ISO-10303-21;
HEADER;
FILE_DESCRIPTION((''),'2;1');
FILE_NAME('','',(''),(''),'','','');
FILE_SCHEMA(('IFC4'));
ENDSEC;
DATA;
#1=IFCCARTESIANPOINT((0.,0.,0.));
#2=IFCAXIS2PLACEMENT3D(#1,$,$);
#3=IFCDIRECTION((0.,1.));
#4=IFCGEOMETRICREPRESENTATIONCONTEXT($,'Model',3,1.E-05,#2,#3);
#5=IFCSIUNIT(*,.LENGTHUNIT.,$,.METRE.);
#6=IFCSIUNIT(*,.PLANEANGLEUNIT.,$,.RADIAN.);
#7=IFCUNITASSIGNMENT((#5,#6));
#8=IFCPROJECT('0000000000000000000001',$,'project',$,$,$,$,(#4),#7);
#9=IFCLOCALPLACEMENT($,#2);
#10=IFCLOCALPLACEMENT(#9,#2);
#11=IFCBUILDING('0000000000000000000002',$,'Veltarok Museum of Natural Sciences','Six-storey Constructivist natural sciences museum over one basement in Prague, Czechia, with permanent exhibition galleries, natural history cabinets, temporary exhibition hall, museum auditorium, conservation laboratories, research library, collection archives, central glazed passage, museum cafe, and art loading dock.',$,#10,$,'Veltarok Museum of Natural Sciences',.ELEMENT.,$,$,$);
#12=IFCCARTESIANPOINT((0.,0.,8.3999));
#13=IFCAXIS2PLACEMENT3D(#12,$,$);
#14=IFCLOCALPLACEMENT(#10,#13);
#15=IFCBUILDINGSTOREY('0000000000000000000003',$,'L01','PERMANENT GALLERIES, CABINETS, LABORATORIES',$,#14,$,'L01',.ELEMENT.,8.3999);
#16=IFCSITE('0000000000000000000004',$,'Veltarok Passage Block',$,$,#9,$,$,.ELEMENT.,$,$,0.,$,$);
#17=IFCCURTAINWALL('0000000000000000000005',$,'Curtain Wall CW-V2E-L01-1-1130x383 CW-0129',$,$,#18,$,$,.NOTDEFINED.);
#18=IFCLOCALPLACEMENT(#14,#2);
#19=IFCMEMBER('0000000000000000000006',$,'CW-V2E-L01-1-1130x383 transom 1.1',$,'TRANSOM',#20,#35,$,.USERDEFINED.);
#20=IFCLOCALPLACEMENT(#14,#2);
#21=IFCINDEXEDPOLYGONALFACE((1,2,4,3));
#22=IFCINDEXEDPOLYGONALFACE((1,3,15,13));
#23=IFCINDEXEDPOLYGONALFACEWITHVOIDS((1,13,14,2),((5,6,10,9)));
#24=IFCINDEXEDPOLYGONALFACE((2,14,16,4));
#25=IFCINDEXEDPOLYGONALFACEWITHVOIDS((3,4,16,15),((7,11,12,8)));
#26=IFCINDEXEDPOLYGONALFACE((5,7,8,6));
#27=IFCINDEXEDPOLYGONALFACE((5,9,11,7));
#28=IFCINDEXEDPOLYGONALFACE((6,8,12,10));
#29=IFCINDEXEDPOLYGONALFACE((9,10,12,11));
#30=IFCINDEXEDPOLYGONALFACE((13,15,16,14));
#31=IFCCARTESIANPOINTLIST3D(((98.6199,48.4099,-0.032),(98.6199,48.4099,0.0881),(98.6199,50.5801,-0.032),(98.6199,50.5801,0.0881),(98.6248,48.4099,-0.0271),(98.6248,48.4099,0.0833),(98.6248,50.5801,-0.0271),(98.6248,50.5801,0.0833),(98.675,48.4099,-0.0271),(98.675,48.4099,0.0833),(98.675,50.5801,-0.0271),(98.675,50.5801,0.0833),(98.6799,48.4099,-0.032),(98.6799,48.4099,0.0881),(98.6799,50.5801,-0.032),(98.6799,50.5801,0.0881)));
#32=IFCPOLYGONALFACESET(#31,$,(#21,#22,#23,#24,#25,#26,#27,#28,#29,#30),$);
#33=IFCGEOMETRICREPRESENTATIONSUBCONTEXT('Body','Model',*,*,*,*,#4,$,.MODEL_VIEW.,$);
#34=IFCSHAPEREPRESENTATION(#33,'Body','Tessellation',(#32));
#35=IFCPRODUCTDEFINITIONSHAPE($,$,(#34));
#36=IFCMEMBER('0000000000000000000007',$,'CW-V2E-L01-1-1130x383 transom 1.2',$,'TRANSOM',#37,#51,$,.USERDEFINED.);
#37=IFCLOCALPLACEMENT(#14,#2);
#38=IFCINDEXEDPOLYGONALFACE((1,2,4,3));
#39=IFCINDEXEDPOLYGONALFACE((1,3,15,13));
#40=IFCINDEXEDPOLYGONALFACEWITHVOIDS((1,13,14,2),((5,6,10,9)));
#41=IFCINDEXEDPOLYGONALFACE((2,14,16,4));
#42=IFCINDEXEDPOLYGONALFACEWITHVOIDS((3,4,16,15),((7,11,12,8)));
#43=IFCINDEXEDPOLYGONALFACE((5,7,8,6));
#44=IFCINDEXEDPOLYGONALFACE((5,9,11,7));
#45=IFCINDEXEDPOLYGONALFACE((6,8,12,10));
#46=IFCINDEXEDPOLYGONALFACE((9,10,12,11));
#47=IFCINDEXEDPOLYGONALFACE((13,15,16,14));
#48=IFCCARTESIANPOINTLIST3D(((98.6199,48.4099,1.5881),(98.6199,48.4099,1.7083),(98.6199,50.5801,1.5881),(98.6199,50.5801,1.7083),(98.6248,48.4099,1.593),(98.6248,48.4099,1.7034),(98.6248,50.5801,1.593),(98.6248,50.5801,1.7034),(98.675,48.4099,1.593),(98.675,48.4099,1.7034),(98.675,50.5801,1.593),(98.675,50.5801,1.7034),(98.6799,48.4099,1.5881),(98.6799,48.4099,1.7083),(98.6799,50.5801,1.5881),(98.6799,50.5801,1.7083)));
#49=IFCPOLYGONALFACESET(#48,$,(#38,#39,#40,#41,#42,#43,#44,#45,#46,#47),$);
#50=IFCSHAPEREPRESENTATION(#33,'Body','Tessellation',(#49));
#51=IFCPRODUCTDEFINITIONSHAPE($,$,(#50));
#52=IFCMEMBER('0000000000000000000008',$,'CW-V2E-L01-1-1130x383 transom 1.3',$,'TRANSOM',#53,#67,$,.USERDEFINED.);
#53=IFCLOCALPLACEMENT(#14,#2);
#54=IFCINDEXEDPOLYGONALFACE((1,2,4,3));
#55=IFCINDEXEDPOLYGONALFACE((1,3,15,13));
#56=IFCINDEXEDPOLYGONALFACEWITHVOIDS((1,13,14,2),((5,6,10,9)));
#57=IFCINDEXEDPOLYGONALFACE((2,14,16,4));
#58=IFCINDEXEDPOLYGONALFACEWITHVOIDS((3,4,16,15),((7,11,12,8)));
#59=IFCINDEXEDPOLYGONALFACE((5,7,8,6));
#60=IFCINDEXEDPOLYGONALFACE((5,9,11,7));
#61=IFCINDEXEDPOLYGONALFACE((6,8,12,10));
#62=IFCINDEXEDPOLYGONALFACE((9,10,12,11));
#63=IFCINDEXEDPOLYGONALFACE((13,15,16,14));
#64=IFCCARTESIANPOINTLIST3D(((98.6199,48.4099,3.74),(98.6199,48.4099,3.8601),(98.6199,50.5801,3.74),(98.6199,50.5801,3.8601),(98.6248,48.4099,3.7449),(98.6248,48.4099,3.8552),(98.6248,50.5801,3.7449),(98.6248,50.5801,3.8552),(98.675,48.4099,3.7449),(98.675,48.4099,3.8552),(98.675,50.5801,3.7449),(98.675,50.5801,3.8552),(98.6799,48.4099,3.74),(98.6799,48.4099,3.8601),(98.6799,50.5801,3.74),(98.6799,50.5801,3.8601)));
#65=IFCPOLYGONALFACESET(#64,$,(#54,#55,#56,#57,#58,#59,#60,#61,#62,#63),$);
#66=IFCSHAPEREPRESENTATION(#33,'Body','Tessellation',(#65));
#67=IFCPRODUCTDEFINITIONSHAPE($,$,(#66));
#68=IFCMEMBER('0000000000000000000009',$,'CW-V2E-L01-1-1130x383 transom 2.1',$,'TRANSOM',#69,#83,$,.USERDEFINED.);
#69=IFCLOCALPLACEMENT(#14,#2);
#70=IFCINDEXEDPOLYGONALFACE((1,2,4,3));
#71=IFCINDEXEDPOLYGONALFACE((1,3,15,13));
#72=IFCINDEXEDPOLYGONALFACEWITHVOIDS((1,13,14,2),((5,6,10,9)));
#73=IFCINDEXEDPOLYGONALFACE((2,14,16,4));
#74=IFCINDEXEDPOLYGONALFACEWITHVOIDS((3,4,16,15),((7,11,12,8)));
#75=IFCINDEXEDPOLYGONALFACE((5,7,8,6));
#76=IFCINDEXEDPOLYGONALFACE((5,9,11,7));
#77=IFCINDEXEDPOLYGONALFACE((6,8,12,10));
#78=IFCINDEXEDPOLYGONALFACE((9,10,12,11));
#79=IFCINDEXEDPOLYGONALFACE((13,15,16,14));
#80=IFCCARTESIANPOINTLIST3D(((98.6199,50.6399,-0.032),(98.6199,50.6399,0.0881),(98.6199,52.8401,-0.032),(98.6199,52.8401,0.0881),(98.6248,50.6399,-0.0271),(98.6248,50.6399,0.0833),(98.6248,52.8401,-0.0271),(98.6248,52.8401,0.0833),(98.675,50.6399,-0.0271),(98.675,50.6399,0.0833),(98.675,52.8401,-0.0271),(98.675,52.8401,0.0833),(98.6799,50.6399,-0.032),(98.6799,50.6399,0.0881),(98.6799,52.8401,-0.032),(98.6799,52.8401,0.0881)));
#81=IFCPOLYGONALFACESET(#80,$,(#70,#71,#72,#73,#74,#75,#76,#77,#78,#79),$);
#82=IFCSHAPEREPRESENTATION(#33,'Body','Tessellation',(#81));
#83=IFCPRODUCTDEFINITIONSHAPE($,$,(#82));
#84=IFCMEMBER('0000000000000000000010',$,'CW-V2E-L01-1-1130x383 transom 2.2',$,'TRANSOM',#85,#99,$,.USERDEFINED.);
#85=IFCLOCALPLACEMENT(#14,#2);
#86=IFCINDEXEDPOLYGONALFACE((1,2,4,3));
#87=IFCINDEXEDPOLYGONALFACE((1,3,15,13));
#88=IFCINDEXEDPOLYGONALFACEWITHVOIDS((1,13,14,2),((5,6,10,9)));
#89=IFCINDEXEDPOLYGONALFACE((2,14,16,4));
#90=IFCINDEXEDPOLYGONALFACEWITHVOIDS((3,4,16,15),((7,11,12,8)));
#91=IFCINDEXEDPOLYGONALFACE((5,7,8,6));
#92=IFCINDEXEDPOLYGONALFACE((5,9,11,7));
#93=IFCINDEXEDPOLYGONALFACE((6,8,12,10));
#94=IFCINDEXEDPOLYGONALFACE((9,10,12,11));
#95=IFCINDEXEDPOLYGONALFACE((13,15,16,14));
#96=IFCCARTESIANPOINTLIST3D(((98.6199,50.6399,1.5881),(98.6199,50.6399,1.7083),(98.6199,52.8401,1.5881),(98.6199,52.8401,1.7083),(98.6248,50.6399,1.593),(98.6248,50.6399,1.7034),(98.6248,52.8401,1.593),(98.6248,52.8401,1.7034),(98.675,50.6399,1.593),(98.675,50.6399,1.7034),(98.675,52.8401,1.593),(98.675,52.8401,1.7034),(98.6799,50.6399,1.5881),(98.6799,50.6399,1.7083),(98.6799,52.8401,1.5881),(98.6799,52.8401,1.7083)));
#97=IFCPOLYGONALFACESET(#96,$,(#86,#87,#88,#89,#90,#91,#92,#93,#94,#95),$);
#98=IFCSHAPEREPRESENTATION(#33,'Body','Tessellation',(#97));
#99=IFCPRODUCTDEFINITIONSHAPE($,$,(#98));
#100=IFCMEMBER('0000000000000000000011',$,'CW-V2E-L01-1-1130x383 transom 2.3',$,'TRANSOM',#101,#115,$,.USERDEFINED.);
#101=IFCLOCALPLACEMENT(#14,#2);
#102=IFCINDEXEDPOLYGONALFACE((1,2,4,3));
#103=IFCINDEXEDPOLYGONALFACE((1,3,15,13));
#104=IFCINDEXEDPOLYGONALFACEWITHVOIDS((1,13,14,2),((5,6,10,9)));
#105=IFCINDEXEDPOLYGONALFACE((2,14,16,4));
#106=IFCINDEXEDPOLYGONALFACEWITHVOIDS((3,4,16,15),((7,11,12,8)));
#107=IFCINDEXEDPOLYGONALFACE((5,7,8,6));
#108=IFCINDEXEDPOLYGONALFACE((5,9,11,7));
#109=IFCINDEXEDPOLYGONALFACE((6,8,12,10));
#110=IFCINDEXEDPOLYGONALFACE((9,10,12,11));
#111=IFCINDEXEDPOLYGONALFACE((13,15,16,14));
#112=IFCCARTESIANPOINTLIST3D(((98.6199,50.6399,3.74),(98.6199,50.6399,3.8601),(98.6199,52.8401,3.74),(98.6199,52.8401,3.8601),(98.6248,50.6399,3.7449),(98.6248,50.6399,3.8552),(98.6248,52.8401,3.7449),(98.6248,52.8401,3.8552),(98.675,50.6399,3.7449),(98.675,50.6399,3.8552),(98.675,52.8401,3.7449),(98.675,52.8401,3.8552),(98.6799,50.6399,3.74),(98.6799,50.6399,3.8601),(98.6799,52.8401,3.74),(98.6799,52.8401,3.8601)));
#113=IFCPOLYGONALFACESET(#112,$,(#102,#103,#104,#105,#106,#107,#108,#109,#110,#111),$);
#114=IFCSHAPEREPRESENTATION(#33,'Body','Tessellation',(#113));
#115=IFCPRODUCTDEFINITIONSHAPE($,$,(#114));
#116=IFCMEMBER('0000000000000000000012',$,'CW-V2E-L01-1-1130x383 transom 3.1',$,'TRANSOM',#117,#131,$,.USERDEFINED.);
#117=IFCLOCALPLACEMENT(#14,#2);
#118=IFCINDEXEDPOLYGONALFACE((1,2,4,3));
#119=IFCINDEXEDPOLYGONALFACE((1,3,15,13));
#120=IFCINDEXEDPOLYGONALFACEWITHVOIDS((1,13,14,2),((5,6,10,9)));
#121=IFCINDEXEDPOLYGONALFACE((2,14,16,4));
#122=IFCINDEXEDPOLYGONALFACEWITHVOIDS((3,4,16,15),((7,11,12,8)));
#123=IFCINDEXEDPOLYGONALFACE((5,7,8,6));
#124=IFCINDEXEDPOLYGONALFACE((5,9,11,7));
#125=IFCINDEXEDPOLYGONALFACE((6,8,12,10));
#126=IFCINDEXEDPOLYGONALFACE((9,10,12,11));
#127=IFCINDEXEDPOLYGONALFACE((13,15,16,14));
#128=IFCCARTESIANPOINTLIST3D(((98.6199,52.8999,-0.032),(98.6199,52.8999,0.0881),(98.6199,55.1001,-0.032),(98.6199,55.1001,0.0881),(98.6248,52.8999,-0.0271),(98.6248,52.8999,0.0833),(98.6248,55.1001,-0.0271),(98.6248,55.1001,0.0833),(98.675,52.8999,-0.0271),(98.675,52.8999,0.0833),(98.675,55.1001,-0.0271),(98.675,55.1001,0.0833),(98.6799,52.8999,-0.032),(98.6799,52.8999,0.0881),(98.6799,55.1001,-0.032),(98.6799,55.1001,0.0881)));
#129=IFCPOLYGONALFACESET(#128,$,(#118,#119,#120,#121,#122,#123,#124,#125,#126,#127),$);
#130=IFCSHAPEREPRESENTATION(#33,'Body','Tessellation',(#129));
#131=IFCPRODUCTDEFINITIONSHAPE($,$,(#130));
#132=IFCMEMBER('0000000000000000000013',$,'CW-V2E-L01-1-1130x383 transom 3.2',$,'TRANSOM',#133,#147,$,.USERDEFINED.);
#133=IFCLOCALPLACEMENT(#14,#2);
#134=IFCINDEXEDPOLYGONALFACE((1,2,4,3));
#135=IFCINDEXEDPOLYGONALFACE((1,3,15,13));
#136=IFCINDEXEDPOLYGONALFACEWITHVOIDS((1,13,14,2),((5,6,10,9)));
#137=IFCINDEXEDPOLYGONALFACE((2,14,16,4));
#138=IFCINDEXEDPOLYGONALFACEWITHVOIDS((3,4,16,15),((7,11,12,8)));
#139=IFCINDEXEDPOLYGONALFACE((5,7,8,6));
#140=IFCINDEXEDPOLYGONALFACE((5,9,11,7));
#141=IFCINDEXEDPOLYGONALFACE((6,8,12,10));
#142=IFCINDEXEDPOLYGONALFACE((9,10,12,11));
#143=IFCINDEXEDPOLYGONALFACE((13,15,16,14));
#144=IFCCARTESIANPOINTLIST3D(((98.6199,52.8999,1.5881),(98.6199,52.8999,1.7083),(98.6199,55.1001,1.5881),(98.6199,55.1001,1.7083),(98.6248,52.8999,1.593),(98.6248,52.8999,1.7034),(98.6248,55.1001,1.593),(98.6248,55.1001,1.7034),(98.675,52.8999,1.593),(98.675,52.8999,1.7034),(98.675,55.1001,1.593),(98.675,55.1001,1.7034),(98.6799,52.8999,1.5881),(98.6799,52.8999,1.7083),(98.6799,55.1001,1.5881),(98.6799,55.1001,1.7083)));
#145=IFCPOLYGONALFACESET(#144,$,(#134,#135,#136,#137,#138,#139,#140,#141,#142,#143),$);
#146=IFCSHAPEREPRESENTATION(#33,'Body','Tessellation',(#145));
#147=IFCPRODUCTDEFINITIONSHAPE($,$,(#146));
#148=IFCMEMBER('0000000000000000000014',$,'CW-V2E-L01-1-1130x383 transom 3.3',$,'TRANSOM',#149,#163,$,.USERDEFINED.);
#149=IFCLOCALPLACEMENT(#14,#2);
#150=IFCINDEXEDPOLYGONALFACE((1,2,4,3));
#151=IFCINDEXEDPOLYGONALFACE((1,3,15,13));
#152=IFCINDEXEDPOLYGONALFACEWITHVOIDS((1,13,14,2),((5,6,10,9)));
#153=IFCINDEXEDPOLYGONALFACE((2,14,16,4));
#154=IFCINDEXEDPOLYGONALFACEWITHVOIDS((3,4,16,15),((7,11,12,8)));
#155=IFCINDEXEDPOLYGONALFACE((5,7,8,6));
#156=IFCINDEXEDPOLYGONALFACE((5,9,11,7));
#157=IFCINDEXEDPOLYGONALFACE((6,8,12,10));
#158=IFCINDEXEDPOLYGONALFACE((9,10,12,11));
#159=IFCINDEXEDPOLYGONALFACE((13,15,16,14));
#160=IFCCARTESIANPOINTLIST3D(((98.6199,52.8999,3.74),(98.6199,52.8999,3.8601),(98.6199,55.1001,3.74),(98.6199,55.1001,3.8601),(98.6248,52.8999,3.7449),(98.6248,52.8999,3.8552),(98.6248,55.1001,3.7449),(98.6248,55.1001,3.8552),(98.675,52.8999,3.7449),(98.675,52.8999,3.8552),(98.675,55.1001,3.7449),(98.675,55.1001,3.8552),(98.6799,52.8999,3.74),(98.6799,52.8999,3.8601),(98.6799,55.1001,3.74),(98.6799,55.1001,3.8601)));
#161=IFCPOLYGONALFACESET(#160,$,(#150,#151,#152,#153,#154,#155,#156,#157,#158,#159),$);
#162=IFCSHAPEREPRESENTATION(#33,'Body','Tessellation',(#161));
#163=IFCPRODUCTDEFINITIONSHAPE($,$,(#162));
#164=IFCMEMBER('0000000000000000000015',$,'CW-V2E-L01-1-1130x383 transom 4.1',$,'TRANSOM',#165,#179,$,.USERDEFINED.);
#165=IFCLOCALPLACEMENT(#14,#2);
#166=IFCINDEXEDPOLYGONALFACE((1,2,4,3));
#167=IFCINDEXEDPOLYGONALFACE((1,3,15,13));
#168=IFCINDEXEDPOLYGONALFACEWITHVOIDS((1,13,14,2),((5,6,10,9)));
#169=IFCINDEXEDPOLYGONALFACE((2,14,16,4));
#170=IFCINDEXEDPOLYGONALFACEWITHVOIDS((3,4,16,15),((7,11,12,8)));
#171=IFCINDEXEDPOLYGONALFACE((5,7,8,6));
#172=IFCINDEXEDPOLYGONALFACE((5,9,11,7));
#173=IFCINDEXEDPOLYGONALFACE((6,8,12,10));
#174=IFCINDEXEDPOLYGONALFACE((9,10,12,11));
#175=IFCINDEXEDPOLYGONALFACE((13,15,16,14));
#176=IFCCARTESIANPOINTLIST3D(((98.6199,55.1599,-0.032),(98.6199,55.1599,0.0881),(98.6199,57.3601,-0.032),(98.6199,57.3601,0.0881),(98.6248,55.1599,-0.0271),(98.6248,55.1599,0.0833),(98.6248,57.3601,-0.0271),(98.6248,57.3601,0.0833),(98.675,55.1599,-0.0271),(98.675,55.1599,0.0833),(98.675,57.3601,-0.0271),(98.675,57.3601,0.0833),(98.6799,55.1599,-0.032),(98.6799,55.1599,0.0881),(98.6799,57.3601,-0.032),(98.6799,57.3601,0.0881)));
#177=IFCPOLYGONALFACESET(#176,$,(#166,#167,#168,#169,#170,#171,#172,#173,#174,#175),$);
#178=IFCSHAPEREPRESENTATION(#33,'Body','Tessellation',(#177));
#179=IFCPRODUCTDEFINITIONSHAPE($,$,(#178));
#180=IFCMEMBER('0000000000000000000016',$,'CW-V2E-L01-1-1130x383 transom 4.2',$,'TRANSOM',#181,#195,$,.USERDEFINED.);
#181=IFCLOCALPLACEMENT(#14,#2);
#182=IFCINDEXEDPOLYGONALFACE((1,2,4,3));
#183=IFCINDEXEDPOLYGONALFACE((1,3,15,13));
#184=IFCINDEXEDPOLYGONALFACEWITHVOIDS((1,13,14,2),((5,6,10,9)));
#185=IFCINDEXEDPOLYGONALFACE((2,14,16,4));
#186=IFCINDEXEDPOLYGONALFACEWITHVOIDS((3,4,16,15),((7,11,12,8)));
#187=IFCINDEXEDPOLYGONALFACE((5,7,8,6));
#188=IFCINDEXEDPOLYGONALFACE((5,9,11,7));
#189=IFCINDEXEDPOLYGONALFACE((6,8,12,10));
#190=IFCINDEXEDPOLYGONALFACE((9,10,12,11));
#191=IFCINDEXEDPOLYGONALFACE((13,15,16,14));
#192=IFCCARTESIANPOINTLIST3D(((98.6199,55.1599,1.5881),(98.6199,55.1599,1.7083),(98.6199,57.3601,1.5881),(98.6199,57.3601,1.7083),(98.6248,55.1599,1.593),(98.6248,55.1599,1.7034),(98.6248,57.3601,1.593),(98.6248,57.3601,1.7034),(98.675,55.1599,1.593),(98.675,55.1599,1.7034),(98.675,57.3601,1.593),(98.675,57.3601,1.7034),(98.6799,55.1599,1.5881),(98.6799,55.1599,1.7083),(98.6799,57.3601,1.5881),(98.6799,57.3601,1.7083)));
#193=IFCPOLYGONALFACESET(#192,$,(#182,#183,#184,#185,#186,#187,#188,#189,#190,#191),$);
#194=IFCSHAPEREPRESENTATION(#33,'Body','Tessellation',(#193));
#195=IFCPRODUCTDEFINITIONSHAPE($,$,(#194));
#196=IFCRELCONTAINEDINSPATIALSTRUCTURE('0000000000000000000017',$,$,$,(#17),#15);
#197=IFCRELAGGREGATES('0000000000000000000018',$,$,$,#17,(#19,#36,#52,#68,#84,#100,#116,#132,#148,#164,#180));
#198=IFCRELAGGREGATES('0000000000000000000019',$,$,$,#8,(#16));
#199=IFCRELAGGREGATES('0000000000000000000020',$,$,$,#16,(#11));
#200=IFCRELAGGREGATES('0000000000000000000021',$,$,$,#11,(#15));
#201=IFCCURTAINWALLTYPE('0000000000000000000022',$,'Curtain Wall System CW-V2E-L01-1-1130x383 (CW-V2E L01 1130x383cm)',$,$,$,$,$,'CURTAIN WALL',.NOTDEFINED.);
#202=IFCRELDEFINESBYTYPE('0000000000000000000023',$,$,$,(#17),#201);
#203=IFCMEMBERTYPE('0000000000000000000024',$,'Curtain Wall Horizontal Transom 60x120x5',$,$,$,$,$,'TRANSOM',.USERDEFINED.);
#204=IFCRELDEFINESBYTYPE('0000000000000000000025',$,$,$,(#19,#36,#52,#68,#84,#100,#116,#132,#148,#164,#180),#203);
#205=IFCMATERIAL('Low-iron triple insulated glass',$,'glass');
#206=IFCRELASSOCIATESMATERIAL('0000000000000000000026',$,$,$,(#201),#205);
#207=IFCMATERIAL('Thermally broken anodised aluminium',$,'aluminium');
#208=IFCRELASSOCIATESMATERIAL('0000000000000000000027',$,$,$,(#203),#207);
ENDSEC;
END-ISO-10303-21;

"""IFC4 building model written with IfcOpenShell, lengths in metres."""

from ifc_helpers import new_model, si_unit, direction, frame, origin, origin_2d, place, context, subcontext, project, spatial, hollow_rectangle, extrude, material, material_profile, profile_set, type_object, element, aggregate, save


model = new_model("IFC4")

# Units and contexts
model_context = context("Model", 3, precision=1e-05, world=origin(), true_north=direction((0.0, 1.0)))
body_context = subcontext(model_context, "Body", "Model", "MODEL_VIEW")
ifc_project = project(units=[si_unit("LENGTHUNIT", "METRE"), si_unit("PLANEANGLEUNIT", "RADIAN")], contexts=[model_context])

# Site, building, storey
site_placement = place(None, origin())
site = spatial("IfcSite", under=ifc_project, at=site_placement, Name="Veltarok Passage Block", CompositionType="ELEMENT", RefElevation=0.0)
building_placement = place(site_placement, origin())
building = spatial("IfcBuilding", under=site, at=building_placement, Name="Veltarok Museum of Natural Sciences", Description="Six-storey Constructivist natural sciences museum over one basement in Prague, Czechia, with permanent exhibition galleries, natural history cabinets, temporary exhibition hall, museum auditorium, conservation laboratories, research library, collection archives, central glazed passage, museum cafe, and art loading dock.", LongName="Veltarok Museum of Natural Sciences", CompositionType="ELEMENT")
storey_placement = place(building_placement, frame((0.0, 0.0, 8.3999)))
storey = spatial("IfcBuildingStorey", under=building, at=storey_placement, Name="L01", Description="PERMANENT GALLERIES, CABINETS, LABORATORIES", LongName="L01", CompositionType="ELEMENT", Elevation=8.3999)

# Curtain wall, members
ifc_material_1 = material(Name="Low-iron triple insulated glass", Category="glass")
curtain_wall_type = type_object("IfcCurtainWallType", Name="Curtain Wall System CW-V2E-L01-1-1130x383 (CW-V2E L01 1130x383cm)", ElementType="CURTAIN WALL", PredefinedType="NOTDEFINED", material=ifc_material_1)
curtain_wall_placement = place(storey_placement, origin())
curtain_wall = element("IfcCurtainWall", 1, at=curtain_wall_placement, inside=storey, type_object=curtain_wall_type, Name="Curtain Wall CW-V2E-L01-1-1130x383 CW-0129", PredefinedType="NOTDEFINED")
ifc_material_2 = material(Name="Thermally broken anodised aluminium", Category="aluminium")
ifc_material_profile_1 = material_profile(ifc_material_2, hollow_rectangle(XDim=0.0601, YDim=0.1201, WallThickness=0.0049, at=origin_2d()), Name="CW TRANSOM 60x120x5")
ifc_profile_set_1 = profile_set([ifc_material_profile_1], Name="Thermally broken anodised aluminium")
member_type_1 = type_object("IfcMemberType", Name="Curtain Wall Horizontal Transom 60x120x5", ElementType="TRANSOM", PredefinedType="USERDEFINED", material=ifc_profile_set_1)
member_1_placement = place(storey_placement, frame((98.6499, 48.4099, 0.0281), z_axis=(0.0, 1.0, 0.0), x_axis=(-1.0, 0.0, 0.0)))
member_1 = element("IfcMember", 2, at=member_1_placement, type_object=member_type_1, Name="CW-V2E-L01-1-1130x383 transom 1.1", ObjectType="TRANSOM", PredefinedType="USERDEFINED", context=body_context, shape_type="SweptSolid", body=[
    extrude(hollow_rectangle(XDim=0.0601, YDim=0.1201, WallThickness=0.0049, at=origin_2d()), origin(), (0.0, 0.0, 1.0), 2.1702),
])
member_2_placement = place(storey_placement, frame((98.6499, 48.4099, 1.6482), z_axis=(0.0, 1.0, 0.0), x_axis=(-1.0, 0.0, 0.0)))
member_2 = element("IfcMember", 3, at=member_2_placement, type_object=member_type_1, Name="CW-V2E-L01-1-1130x383 transom 1.2", ObjectType="TRANSOM", PredefinedType="USERDEFINED", context=body_context, shape_type="SweptSolid", body=[
    extrude(hollow_rectangle(XDim=0.0601, YDim=0.1201, WallThickness=0.0049, at=origin_2d()), origin(), (0.0, 0.0, 1.0), 2.1702),
])
member_3_placement = place(storey_placement, frame((98.6499, 48.4099, 3.8), z_axis=(0.0, 1.0, 0.0), x_axis=(-1.0, 0.0, 0.0)))
member_3 = element("IfcMember", 4, at=member_3_placement, type_object=member_type_1, Name="CW-V2E-L01-1-1130x383 transom 1.3", ObjectType="TRANSOM", PredefinedType="USERDEFINED", context=body_context, shape_type="SweptSolid", body=[
    extrude(hollow_rectangle(XDim=0.0601, YDim=0.1201, WallThickness=0.0049, at=origin_2d()), origin(), (0.0, 0.0, 1.0), 2.1702),
])
member_4_placement = place(storey_placement, frame((98.6499, 50.6399, 0.0281), z_axis=(0.0, 1.0, 0.0), x_axis=(-1.0, 0.0, 0.0)))
member_4 = element("IfcMember", 5, at=member_4_placement, type_object=member_type_1, Name="CW-V2E-L01-1-1130x383 transom 2.1", ObjectType="TRANSOM", PredefinedType="USERDEFINED", context=body_context, shape_type="SweptSolid", body=[
    extrude(hollow_rectangle(XDim=0.0601, YDim=0.1201, WallThickness=0.0049, at=origin_2d()), origin(), (0.0, 0.0, 1.0), 2.2002),
])
member_5_placement = place(storey_placement, frame((98.6499, 50.6399, 1.6482), z_axis=(0.0, 1.0, 0.0), x_axis=(-1.0, 0.0, 0.0)))
member_5 = element("IfcMember", 6, at=member_5_placement, type_object=member_type_1, Name="CW-V2E-L01-1-1130x383 transom 2.2", ObjectType="TRANSOM", PredefinedType="USERDEFINED", context=body_context, shape_type="SweptSolid", body=[
    extrude(hollow_rectangle(XDim=0.0601, YDim=0.1201, WallThickness=0.0049, at=origin_2d()), origin(), (0.0, 0.0, 1.0), 2.2002),
])
member_6_placement = place(storey_placement, frame((98.6499, 50.6399, 3.8), z_axis=(0.0, 1.0, 0.0), x_axis=(-1.0, 0.0, 0.0)))
member_6 = element("IfcMember", 7, at=member_6_placement, type_object=member_type_1, Name="CW-V2E-L01-1-1130x383 transom 2.3", ObjectType="TRANSOM", PredefinedType="USERDEFINED", context=body_context, shape_type="SweptSolid", body=[
    extrude(hollow_rectangle(XDim=0.0601, YDim=0.1201, WallThickness=0.0049, at=origin_2d()), origin(), (0.0, 0.0, 1.0), 2.2002),
])
member_7_placement = place(storey_placement, frame((98.6499, 52.8999, 0.0281), z_axis=(0.0, 1.0, 0.0), x_axis=(-1.0, 0.0, 0.0)))
member_7 = element("IfcMember", 8, at=member_7_placement, type_object=member_type_1, Name="CW-V2E-L01-1-1130x383 transom 3.1", ObjectType="TRANSOM", PredefinedType="USERDEFINED", context=body_context, shape_type="SweptSolid", body=[
    extrude(hollow_rectangle(XDim=0.0601, YDim=0.1201, WallThickness=0.0049, at=origin_2d()), origin(), (0.0, 0.0, 1.0), 2.2002),
])
member_8_placement = place(storey_placement, frame((98.6499, 52.8999, 1.6482), z_axis=(0.0, 1.0, 0.0), x_axis=(-1.0, 0.0, 0.0)))
member_8 = element("IfcMember", 9, at=member_8_placement, type_object=member_type_1, Name="CW-V2E-L01-1-1130x383 transom 3.2", ObjectType="TRANSOM", PredefinedType="USERDEFINED", context=body_context, shape_type="SweptSolid", body=[
    extrude(hollow_rectangle(XDim=0.0601, YDim=0.1201, WallThickness=0.0049, at=origin_2d()), origin(), (0.0, 0.0, 1.0), 2.2002),
])
member_9_placement = place(storey_placement, frame((98.6499, 52.8999, 3.8), z_axis=(0.0, 1.0, 0.0), x_axis=(-1.0, 0.0, 0.0)))
member_9 = element("IfcMember", 10, at=member_9_placement, type_object=member_type_1, Name="CW-V2E-L01-1-1130x383 transom 3.3", ObjectType="TRANSOM", PredefinedType="USERDEFINED", context=body_context, shape_type="SweptSolid", body=[
    extrude(hollow_rectangle(XDim=0.0601, YDim=0.1201, WallThickness=0.0049, at=origin_2d()), origin(), (0.0, 0.0, 1.0), 2.2002),
])
member_10_placement = place(storey_placement, frame((98.6499, 55.1599, 0.0281), z_axis=(0.0, 1.0, 0.0), x_axis=(-1.0, 0.0, 0.0)))
member_10 = element("IfcMember", 11, at=member_10_placement, type_object=member_type_1, Name="CW-V2E-L01-1-1130x383 transom 4.1", ObjectType="TRANSOM", PredefinedType="USERDEFINED", context=body_context, shape_type="SweptSolid", body=[
    extrude(hollow_rectangle(XDim=0.0601, YDim=0.1201, WallThickness=0.0049, at=origin_2d()), origin(), (0.0, 0.0, 1.0), 2.2002),
])
member_11_placement = place(storey_placement, frame((98.6499, 55.1599, 1.6482), z_axis=(0.0, 1.0, 0.0), x_axis=(-1.0, 0.0, 0.0)))
member_11 = element("IfcMember", 12, at=member_11_placement, type_object=member_type_1, Name="CW-V2E-L01-1-1130x383 transom 4.2", ObjectType="TRANSOM", PredefinedType="USERDEFINED", context=body_context, shape_type="SweptSolid", body=[
    extrude(hollow_rectangle(XDim=0.0601, YDim=0.1201, WallThickness=0.0049, at=origin_2d()), origin(), (0.0, 0.0, 1.0), 2.2002),
])

aggregate(curtain_wall, [member_1, member_2, member_3, member_4, member_5, member_6, member_7, member_8, member_9, member_10, member_11])

save(model, "model.ifc")
